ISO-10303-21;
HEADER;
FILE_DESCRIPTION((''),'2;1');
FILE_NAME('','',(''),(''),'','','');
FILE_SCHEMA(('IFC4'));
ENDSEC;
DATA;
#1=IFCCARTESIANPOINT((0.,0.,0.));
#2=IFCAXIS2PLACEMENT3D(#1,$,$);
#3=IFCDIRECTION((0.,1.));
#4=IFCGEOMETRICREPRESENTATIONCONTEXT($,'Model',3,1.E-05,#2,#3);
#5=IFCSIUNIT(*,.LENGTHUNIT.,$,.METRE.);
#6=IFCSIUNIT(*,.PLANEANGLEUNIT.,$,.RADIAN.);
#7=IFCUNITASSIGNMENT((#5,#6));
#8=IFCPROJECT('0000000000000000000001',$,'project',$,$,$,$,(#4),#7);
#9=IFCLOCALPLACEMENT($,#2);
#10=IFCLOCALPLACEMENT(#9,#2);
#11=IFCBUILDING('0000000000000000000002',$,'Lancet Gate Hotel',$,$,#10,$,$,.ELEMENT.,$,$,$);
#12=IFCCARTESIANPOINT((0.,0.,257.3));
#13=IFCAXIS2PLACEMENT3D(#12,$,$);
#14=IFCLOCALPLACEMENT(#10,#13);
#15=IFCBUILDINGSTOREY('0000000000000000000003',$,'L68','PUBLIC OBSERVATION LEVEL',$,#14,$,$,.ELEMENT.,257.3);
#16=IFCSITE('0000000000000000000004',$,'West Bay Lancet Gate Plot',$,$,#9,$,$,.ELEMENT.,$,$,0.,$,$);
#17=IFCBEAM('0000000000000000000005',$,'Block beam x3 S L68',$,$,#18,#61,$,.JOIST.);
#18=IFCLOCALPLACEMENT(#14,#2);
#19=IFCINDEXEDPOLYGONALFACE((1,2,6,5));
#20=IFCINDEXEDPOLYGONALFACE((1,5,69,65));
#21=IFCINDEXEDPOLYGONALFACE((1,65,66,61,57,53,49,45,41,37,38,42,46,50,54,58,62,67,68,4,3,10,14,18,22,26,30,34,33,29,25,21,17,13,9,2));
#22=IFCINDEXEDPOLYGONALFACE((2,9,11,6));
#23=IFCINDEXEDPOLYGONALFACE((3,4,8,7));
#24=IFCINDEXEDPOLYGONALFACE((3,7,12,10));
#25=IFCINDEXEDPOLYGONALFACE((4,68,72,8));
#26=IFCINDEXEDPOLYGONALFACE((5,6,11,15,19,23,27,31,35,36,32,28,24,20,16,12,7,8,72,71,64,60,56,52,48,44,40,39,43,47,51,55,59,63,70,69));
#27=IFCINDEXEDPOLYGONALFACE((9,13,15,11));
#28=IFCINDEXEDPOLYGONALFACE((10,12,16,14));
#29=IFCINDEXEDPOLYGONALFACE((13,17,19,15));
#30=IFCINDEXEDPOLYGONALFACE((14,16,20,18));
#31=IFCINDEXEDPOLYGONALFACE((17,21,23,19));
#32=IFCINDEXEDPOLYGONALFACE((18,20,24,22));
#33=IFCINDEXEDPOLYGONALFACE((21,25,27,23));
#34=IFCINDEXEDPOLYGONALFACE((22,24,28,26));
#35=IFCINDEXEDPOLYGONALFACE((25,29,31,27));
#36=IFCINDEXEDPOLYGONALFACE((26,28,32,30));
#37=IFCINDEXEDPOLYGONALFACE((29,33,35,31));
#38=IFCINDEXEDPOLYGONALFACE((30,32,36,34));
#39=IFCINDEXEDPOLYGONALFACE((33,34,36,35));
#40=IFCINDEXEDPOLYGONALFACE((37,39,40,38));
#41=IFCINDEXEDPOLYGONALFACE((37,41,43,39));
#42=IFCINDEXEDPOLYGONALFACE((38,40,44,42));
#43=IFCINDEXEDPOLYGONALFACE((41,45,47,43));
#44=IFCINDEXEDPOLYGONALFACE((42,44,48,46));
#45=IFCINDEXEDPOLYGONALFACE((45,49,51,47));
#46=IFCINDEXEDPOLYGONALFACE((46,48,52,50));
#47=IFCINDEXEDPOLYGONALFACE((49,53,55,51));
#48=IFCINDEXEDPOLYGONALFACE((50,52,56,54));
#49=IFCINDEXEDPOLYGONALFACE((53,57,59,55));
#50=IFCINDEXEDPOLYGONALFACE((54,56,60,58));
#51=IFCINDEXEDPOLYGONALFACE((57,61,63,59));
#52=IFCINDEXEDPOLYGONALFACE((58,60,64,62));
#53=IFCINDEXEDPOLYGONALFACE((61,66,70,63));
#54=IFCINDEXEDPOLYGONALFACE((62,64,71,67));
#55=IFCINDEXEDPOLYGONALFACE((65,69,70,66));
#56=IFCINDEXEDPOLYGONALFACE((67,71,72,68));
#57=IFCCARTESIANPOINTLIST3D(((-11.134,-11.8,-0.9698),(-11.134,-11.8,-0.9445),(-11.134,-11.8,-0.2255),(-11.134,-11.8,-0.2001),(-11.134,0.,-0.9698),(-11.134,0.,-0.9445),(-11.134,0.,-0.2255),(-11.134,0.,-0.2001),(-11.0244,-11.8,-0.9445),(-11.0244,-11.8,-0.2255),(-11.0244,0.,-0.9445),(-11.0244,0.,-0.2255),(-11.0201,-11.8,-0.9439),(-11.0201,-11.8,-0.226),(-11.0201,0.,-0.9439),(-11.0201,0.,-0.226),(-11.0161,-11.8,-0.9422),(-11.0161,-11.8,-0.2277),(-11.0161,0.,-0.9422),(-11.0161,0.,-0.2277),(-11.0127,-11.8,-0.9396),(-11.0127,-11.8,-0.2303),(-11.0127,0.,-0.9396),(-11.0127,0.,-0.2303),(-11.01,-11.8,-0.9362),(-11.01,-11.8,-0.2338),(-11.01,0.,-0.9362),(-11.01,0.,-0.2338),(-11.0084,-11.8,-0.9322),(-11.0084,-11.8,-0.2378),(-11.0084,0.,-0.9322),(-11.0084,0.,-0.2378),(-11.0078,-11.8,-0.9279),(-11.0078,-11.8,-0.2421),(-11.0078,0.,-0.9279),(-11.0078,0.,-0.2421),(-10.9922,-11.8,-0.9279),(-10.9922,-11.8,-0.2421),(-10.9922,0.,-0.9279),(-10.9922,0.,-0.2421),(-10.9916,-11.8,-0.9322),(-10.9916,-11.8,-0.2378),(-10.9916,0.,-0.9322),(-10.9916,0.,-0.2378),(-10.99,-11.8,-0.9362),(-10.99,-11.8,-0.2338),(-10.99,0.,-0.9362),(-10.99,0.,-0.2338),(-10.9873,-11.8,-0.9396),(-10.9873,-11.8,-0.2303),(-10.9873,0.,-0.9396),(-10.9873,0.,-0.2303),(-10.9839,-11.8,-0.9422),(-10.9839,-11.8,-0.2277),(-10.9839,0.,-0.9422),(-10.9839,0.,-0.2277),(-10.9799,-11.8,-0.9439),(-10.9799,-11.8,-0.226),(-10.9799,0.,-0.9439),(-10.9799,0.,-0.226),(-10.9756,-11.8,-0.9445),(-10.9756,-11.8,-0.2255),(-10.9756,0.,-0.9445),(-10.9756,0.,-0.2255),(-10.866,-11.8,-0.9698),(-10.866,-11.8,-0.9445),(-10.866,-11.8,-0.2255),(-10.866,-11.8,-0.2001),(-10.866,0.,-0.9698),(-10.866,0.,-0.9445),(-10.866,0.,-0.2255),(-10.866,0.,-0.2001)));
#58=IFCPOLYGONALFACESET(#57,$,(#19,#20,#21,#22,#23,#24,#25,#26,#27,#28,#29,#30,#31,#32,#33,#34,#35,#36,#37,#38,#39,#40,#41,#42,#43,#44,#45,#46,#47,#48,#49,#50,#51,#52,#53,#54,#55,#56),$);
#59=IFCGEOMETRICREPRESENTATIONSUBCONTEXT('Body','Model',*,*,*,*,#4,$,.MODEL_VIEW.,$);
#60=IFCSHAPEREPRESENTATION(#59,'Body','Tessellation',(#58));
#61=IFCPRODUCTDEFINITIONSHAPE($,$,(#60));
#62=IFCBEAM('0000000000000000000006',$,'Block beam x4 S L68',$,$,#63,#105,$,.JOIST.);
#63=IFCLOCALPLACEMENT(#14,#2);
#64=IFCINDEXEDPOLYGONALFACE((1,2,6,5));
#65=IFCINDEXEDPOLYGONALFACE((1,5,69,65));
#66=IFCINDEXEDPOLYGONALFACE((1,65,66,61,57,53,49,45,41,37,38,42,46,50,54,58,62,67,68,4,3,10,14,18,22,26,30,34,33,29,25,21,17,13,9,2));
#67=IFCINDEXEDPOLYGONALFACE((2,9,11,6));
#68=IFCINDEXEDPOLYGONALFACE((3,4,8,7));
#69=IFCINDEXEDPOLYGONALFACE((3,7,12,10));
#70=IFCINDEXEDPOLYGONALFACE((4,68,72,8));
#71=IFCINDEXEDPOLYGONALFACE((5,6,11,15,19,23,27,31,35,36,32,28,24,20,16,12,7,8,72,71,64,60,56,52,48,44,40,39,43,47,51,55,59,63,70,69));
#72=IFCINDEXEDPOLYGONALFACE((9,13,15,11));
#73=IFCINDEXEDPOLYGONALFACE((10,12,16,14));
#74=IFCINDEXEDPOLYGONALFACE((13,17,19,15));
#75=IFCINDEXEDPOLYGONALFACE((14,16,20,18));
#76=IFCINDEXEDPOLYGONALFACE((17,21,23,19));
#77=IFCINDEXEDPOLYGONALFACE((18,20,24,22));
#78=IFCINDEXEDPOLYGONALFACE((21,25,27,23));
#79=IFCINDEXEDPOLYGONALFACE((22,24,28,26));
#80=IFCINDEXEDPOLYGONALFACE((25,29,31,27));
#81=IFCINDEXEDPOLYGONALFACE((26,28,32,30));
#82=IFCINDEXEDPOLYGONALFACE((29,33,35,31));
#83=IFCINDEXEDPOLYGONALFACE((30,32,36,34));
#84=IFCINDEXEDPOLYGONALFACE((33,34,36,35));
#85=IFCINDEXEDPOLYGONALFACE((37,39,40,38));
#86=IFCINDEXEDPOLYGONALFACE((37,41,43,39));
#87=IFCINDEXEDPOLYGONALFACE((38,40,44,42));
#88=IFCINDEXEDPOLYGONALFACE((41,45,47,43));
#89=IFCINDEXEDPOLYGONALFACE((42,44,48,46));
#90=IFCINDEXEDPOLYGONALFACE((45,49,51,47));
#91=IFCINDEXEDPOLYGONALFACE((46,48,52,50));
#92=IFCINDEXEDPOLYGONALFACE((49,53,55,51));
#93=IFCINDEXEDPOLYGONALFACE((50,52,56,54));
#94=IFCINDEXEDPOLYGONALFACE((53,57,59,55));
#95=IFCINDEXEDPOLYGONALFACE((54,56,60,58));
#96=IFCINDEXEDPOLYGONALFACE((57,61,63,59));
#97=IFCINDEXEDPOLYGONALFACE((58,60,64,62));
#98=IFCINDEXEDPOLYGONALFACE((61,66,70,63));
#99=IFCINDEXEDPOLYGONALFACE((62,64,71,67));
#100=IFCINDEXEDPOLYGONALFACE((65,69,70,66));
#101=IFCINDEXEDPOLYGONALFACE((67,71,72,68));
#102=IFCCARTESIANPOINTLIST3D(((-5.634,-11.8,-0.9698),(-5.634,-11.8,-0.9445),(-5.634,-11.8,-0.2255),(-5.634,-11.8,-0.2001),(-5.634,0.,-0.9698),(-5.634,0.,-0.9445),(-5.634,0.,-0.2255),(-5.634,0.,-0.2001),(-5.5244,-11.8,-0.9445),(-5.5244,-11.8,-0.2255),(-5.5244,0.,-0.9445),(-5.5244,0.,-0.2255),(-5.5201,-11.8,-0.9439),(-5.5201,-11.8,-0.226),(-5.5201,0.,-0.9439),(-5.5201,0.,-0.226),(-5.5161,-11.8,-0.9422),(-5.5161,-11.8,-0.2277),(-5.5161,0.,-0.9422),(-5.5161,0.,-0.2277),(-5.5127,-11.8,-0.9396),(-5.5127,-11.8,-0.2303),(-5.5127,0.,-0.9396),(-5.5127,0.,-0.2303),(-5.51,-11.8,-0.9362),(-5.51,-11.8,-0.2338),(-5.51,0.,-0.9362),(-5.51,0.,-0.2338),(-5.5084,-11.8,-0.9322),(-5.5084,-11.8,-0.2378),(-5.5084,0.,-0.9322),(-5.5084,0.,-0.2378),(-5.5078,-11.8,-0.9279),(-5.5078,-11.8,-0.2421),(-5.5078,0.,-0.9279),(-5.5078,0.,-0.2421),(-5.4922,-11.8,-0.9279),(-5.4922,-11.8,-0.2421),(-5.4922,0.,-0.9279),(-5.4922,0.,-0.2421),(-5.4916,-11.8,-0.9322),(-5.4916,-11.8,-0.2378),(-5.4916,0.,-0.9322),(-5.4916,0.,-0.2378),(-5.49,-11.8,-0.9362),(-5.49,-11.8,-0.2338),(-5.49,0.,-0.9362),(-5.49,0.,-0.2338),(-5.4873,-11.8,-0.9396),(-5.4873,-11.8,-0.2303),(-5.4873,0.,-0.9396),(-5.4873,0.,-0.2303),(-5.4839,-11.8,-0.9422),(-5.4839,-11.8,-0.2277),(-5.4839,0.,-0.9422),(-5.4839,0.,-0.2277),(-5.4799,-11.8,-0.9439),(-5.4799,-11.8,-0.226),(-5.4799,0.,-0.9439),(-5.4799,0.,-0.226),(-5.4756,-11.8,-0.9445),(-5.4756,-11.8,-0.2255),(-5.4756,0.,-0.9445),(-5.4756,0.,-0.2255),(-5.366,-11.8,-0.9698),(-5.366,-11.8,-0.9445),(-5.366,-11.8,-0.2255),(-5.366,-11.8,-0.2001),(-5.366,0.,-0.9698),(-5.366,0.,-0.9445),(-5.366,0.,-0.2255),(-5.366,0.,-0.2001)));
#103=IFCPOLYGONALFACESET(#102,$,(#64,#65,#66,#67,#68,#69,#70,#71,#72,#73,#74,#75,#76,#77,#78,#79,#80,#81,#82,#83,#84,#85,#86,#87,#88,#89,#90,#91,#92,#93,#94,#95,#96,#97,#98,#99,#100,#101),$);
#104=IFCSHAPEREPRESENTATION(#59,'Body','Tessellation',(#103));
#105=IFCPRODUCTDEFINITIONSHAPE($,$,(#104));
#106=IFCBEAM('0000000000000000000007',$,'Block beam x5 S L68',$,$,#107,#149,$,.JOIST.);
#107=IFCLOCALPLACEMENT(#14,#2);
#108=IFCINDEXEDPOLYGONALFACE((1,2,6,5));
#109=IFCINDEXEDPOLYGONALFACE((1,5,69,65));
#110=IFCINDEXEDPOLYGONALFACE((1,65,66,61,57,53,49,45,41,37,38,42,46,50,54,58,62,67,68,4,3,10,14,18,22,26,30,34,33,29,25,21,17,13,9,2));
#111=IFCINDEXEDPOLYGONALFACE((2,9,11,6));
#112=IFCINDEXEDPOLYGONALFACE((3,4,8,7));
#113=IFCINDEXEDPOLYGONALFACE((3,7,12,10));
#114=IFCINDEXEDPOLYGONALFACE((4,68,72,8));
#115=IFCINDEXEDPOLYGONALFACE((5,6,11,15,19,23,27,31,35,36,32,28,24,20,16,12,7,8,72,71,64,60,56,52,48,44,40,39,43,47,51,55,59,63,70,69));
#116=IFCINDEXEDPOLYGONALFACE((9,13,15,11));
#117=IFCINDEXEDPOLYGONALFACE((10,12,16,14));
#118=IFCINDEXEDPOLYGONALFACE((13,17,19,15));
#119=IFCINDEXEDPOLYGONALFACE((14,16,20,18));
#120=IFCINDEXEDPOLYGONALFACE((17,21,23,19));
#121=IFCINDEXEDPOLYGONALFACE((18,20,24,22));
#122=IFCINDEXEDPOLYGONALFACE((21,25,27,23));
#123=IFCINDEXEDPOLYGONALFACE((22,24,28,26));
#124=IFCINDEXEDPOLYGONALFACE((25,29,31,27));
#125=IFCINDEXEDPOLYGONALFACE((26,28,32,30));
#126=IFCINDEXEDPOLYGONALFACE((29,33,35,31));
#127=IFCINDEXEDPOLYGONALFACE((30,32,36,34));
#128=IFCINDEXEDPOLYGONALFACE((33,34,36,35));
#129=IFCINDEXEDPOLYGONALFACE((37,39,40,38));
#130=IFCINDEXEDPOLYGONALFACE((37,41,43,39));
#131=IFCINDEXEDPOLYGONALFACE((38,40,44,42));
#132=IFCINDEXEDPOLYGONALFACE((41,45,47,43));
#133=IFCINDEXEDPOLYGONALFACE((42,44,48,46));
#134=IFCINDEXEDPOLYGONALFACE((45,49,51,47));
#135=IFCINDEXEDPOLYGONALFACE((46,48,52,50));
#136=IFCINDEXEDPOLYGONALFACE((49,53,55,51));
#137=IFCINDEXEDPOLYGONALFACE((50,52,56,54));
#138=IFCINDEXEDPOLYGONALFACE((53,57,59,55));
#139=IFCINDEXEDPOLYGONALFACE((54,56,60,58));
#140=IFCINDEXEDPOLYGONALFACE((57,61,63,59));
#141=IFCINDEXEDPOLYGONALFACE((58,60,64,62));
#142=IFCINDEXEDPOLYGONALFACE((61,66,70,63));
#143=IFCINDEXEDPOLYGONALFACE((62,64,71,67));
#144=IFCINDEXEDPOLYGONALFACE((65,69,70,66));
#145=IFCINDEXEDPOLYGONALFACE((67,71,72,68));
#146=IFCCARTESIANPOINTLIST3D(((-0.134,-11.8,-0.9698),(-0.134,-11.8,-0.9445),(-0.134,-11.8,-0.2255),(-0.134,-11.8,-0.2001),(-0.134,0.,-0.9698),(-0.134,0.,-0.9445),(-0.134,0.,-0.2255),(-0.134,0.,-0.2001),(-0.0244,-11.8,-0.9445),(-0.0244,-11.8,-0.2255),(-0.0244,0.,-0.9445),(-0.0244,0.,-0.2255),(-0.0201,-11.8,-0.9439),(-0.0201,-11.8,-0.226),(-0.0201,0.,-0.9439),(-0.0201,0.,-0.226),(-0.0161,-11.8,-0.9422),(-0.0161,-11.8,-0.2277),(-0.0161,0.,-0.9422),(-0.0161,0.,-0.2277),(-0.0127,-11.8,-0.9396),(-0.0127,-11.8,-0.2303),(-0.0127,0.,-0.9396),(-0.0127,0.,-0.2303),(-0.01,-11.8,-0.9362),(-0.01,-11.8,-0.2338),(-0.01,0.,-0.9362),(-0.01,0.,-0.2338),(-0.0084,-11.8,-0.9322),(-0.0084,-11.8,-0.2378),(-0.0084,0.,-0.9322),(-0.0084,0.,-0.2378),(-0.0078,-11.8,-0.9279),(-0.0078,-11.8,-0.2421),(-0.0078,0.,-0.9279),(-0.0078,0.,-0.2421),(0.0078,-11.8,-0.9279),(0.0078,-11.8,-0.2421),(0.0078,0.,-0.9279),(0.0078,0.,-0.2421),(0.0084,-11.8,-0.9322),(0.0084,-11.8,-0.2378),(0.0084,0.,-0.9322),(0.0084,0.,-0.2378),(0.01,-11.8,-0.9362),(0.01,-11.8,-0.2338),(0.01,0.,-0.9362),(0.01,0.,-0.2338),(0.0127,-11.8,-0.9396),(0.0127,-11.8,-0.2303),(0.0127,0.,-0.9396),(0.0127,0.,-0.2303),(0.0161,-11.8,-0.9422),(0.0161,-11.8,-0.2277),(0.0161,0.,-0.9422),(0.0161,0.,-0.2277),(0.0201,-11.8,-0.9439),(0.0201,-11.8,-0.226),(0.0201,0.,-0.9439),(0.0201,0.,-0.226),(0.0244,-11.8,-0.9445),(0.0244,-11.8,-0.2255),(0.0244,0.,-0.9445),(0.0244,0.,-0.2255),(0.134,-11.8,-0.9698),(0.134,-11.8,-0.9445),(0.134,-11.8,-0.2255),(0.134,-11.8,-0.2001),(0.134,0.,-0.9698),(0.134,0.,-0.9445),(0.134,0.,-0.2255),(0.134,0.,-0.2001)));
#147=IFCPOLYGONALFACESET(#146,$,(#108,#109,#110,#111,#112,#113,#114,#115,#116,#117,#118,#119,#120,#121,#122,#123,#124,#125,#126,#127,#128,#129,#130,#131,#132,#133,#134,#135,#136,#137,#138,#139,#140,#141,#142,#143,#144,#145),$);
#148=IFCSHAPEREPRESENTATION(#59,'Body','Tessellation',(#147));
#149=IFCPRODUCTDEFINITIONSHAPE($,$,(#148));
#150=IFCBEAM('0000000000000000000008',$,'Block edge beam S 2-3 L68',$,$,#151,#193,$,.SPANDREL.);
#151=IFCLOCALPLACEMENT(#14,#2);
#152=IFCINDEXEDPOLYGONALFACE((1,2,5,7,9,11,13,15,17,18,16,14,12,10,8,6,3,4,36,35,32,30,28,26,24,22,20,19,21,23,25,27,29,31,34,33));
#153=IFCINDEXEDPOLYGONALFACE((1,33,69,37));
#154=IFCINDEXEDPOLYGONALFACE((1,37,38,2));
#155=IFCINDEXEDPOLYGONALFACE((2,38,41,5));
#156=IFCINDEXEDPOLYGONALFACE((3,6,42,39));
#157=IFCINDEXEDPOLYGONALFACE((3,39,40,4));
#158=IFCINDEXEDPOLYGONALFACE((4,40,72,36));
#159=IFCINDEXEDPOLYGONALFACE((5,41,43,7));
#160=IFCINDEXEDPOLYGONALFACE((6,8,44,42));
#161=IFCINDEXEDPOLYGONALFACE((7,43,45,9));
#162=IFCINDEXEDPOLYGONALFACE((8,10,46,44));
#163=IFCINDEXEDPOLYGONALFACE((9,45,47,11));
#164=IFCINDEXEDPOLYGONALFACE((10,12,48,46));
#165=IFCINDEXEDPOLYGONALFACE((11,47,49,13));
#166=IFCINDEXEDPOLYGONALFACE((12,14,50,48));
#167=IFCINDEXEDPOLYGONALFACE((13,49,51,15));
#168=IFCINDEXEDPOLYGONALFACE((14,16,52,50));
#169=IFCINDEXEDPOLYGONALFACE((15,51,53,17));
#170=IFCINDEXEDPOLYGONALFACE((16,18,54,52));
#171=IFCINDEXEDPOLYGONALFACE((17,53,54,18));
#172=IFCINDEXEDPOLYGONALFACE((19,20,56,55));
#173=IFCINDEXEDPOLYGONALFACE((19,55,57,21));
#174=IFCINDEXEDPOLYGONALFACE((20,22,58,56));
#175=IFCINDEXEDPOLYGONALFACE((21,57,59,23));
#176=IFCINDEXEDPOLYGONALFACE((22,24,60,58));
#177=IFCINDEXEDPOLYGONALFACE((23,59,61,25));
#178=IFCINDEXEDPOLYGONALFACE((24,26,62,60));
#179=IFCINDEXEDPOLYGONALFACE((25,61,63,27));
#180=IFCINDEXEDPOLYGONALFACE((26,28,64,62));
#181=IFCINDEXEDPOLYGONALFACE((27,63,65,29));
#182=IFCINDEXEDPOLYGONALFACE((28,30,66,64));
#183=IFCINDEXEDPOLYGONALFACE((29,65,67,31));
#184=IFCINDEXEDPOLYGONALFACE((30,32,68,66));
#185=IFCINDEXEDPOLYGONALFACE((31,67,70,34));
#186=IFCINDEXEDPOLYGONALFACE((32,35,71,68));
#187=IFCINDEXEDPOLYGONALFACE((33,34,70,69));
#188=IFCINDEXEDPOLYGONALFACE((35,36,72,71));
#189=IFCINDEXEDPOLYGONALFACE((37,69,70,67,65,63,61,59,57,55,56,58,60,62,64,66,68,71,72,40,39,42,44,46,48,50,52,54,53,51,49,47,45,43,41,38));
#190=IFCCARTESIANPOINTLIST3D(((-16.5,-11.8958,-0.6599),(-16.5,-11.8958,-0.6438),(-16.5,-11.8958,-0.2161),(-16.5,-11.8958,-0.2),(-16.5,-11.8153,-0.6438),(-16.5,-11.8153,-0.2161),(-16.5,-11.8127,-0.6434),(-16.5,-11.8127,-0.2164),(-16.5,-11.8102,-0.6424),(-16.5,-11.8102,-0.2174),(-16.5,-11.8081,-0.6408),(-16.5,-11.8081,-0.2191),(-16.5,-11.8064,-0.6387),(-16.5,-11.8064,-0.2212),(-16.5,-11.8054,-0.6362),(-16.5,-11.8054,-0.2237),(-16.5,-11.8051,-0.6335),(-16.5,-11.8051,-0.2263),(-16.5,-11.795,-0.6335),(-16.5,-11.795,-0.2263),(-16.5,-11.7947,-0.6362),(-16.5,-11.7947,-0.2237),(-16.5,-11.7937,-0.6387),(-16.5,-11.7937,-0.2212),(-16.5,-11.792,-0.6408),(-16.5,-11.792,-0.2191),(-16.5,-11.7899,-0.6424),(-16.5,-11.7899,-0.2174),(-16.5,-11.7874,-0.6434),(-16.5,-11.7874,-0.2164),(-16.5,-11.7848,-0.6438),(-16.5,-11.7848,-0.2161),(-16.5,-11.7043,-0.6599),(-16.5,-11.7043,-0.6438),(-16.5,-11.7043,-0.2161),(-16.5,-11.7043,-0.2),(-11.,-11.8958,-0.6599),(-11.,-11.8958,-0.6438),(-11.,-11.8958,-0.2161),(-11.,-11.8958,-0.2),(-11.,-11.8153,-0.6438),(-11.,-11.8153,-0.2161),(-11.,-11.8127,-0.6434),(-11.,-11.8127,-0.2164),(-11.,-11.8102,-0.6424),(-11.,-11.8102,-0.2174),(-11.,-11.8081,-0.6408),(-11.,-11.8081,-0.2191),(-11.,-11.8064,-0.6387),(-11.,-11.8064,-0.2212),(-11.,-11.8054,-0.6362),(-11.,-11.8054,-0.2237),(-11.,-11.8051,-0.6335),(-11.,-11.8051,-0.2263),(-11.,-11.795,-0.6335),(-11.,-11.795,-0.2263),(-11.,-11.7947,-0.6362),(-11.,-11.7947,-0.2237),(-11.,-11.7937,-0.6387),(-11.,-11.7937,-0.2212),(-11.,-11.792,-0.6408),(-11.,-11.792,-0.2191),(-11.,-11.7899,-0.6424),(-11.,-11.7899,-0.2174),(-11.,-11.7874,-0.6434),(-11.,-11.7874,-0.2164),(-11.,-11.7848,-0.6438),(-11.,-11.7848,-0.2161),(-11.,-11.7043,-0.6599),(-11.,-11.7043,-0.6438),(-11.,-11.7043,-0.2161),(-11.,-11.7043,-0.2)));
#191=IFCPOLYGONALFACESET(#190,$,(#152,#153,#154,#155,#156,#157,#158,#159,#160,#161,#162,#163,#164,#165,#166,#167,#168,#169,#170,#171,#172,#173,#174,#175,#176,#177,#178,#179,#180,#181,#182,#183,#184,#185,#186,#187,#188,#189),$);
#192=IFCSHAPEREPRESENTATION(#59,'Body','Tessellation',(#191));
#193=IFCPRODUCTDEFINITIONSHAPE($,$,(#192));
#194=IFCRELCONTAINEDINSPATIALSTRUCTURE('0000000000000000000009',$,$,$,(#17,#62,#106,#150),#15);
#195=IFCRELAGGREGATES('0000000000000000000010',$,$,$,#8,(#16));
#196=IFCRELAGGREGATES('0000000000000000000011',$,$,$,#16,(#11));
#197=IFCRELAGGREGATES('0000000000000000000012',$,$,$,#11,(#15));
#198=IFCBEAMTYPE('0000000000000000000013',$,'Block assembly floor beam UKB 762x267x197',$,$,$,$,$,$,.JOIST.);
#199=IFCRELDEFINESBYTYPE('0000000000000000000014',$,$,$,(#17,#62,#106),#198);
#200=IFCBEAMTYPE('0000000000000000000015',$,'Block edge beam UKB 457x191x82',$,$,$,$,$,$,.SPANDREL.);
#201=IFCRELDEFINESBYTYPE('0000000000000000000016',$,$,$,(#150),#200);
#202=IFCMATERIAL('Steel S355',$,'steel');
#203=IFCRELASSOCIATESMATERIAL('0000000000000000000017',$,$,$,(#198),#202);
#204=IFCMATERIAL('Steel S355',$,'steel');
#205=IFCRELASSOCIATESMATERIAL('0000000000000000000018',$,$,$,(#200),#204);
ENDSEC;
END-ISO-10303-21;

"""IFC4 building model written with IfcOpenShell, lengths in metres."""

from ifc_helpers import new_model, si_unit, direction, frame, origin, origin_2d, place, context, subcontext, project, spatial, i_section, extrude, material, material_profile, profile_set, type_object, element, save


model = new_model("IFC4")

# Units and contexts
model_context = context("Model", 3, precision=1e-05, world=origin(), true_north=direction((0.0, 1.0)))
body_context = subcontext(model_context, "Body", "Model", "MODEL_VIEW")
ifc_project = project(units=[si_unit("LENGTHUNIT", "METRE"), si_unit("PLANEANGLEUNIT", "RADIAN")], contexts=[model_context])

# Site, building, storey
site_placement = place(None, origin())
site = spatial("IfcSite", under=ifc_project, at=site_placement, Name="West Bay Lancet Gate Plot", CompositionType="ELEMENT", RefElevation=0.0)
building_placement = place(site_placement, origin())
building = spatial("IfcBuilding", under=site, at=building_placement, Name="Lancet Gate Hotel", CompositionType="ELEMENT")
storey_placement = place(building_placement, frame((0.0, 0.0, 257.3)))
storey = spatial("IfcBuildingStorey", under=building, at=storey_placement, Name="L68", Description="PUBLIC OBSERVATION LEVEL", CompositionType="ELEMENT", Elevation=257.3)

# Beams
ifc_material_1 = material(Name="Steel S355", Category="steel")
ifc_material_profile_1 = material_profile(ifc_material_1, i_section(OverallWidth=0.2681, OverallDepth=0.7698, WebThickness=0.0156, FlangeThickness=0.0254, FilletRadius=0.0166, at=origin_2d()), Name="UKB 762x267x197")
ifc_profile_set_1 = profile_set([ifc_material_profile_1], Name="Steel S355")
beam_type_1 = type_object("IfcBeamType", Name="Block assembly floor beam UKB 762x267x197", PredefinedType="JOIST", material=ifc_profile_set_1)
for number, where, z_axis, x_axis, name in (
    (1, (-11.0, -11.8, -0.585), (0.0, 1.0, 0.0), (-1.0, 0.0, 0.0), "Block beam x3 S L68"),
    (2, (-5.5, -11.8, -0.585), (0.0, 1.0, 0.0), (-1.0, 0.0, 0.0), "Block beam x4 S L68"),
    (3, (0.0, -11.8, -0.585), (0.0, 1.0, 0.0), (-1.0, 0.0, 0.0), "Block beam x5 S L68"),
):
    element("IfcBeam", number, at=place(storey_placement, frame(where, z_axis=z_axis, x_axis=x_axis)), inside=storey, type_object=beam_type_1, Name=name, PredefinedType="JOIST", context=body_context, shape_type="SweptSolid", body=[
        extrude(i_section(OverallWidth=0.2681, OverallDepth=0.7698, WebThickness=0.0156, FlangeThickness=0.0254, FilletRadius=0.0166, at=origin_2d()), origin(), (0.0, 0.0, 1.0), 11.8),
    ])
ifc_material_2 = material(Name="Steel S355", Category="steel")
ifc_material_profile_2 = material_profile(ifc_material_2, i_section(OverallWidth=0.1914, OverallDepth=0.46, WebThickness=0.01, FlangeThickness=0.0161, FilletRadius=0.0103, at=origin_2d()), Name="UKB 457x191x82")
ifc_profile_set_2 = profile_set([ifc_material_profile_2], Name="Steel S355")
beam_type_2 = type_object("IfcBeamType", Name="Block edge beam UKB 457x191x82", PredefinedType="SPANDREL", material=ifc_profile_set_2)
for number, where, z_axis, x_axis, name in (
    (4, (-16.5, -11.8, -0.4299), (1.0, 0.0, 0.0), (0.0, 1.0, 0.0), "Block edge beam S 2-3 L68"),
):
    element("IfcBeam", number, at=place(storey_placement, frame(where, z_axis=z_axis, x_axis=x_axis)), inside=storey, type_object=beam_type_2, Name=name, PredefinedType="SPANDREL", context=body_context, shape_type="SweptSolid", body=[
        extrude(i_section(OverallWidth=0.1914, OverallDepth=0.46, WebThickness=0.01, FlangeThickness=0.0161, FilletRadius=0.0103, at=origin_2d()), origin(), (0.0, 0.0, 1.0), 5.5),
    ])

save(model, "model.ifc")
